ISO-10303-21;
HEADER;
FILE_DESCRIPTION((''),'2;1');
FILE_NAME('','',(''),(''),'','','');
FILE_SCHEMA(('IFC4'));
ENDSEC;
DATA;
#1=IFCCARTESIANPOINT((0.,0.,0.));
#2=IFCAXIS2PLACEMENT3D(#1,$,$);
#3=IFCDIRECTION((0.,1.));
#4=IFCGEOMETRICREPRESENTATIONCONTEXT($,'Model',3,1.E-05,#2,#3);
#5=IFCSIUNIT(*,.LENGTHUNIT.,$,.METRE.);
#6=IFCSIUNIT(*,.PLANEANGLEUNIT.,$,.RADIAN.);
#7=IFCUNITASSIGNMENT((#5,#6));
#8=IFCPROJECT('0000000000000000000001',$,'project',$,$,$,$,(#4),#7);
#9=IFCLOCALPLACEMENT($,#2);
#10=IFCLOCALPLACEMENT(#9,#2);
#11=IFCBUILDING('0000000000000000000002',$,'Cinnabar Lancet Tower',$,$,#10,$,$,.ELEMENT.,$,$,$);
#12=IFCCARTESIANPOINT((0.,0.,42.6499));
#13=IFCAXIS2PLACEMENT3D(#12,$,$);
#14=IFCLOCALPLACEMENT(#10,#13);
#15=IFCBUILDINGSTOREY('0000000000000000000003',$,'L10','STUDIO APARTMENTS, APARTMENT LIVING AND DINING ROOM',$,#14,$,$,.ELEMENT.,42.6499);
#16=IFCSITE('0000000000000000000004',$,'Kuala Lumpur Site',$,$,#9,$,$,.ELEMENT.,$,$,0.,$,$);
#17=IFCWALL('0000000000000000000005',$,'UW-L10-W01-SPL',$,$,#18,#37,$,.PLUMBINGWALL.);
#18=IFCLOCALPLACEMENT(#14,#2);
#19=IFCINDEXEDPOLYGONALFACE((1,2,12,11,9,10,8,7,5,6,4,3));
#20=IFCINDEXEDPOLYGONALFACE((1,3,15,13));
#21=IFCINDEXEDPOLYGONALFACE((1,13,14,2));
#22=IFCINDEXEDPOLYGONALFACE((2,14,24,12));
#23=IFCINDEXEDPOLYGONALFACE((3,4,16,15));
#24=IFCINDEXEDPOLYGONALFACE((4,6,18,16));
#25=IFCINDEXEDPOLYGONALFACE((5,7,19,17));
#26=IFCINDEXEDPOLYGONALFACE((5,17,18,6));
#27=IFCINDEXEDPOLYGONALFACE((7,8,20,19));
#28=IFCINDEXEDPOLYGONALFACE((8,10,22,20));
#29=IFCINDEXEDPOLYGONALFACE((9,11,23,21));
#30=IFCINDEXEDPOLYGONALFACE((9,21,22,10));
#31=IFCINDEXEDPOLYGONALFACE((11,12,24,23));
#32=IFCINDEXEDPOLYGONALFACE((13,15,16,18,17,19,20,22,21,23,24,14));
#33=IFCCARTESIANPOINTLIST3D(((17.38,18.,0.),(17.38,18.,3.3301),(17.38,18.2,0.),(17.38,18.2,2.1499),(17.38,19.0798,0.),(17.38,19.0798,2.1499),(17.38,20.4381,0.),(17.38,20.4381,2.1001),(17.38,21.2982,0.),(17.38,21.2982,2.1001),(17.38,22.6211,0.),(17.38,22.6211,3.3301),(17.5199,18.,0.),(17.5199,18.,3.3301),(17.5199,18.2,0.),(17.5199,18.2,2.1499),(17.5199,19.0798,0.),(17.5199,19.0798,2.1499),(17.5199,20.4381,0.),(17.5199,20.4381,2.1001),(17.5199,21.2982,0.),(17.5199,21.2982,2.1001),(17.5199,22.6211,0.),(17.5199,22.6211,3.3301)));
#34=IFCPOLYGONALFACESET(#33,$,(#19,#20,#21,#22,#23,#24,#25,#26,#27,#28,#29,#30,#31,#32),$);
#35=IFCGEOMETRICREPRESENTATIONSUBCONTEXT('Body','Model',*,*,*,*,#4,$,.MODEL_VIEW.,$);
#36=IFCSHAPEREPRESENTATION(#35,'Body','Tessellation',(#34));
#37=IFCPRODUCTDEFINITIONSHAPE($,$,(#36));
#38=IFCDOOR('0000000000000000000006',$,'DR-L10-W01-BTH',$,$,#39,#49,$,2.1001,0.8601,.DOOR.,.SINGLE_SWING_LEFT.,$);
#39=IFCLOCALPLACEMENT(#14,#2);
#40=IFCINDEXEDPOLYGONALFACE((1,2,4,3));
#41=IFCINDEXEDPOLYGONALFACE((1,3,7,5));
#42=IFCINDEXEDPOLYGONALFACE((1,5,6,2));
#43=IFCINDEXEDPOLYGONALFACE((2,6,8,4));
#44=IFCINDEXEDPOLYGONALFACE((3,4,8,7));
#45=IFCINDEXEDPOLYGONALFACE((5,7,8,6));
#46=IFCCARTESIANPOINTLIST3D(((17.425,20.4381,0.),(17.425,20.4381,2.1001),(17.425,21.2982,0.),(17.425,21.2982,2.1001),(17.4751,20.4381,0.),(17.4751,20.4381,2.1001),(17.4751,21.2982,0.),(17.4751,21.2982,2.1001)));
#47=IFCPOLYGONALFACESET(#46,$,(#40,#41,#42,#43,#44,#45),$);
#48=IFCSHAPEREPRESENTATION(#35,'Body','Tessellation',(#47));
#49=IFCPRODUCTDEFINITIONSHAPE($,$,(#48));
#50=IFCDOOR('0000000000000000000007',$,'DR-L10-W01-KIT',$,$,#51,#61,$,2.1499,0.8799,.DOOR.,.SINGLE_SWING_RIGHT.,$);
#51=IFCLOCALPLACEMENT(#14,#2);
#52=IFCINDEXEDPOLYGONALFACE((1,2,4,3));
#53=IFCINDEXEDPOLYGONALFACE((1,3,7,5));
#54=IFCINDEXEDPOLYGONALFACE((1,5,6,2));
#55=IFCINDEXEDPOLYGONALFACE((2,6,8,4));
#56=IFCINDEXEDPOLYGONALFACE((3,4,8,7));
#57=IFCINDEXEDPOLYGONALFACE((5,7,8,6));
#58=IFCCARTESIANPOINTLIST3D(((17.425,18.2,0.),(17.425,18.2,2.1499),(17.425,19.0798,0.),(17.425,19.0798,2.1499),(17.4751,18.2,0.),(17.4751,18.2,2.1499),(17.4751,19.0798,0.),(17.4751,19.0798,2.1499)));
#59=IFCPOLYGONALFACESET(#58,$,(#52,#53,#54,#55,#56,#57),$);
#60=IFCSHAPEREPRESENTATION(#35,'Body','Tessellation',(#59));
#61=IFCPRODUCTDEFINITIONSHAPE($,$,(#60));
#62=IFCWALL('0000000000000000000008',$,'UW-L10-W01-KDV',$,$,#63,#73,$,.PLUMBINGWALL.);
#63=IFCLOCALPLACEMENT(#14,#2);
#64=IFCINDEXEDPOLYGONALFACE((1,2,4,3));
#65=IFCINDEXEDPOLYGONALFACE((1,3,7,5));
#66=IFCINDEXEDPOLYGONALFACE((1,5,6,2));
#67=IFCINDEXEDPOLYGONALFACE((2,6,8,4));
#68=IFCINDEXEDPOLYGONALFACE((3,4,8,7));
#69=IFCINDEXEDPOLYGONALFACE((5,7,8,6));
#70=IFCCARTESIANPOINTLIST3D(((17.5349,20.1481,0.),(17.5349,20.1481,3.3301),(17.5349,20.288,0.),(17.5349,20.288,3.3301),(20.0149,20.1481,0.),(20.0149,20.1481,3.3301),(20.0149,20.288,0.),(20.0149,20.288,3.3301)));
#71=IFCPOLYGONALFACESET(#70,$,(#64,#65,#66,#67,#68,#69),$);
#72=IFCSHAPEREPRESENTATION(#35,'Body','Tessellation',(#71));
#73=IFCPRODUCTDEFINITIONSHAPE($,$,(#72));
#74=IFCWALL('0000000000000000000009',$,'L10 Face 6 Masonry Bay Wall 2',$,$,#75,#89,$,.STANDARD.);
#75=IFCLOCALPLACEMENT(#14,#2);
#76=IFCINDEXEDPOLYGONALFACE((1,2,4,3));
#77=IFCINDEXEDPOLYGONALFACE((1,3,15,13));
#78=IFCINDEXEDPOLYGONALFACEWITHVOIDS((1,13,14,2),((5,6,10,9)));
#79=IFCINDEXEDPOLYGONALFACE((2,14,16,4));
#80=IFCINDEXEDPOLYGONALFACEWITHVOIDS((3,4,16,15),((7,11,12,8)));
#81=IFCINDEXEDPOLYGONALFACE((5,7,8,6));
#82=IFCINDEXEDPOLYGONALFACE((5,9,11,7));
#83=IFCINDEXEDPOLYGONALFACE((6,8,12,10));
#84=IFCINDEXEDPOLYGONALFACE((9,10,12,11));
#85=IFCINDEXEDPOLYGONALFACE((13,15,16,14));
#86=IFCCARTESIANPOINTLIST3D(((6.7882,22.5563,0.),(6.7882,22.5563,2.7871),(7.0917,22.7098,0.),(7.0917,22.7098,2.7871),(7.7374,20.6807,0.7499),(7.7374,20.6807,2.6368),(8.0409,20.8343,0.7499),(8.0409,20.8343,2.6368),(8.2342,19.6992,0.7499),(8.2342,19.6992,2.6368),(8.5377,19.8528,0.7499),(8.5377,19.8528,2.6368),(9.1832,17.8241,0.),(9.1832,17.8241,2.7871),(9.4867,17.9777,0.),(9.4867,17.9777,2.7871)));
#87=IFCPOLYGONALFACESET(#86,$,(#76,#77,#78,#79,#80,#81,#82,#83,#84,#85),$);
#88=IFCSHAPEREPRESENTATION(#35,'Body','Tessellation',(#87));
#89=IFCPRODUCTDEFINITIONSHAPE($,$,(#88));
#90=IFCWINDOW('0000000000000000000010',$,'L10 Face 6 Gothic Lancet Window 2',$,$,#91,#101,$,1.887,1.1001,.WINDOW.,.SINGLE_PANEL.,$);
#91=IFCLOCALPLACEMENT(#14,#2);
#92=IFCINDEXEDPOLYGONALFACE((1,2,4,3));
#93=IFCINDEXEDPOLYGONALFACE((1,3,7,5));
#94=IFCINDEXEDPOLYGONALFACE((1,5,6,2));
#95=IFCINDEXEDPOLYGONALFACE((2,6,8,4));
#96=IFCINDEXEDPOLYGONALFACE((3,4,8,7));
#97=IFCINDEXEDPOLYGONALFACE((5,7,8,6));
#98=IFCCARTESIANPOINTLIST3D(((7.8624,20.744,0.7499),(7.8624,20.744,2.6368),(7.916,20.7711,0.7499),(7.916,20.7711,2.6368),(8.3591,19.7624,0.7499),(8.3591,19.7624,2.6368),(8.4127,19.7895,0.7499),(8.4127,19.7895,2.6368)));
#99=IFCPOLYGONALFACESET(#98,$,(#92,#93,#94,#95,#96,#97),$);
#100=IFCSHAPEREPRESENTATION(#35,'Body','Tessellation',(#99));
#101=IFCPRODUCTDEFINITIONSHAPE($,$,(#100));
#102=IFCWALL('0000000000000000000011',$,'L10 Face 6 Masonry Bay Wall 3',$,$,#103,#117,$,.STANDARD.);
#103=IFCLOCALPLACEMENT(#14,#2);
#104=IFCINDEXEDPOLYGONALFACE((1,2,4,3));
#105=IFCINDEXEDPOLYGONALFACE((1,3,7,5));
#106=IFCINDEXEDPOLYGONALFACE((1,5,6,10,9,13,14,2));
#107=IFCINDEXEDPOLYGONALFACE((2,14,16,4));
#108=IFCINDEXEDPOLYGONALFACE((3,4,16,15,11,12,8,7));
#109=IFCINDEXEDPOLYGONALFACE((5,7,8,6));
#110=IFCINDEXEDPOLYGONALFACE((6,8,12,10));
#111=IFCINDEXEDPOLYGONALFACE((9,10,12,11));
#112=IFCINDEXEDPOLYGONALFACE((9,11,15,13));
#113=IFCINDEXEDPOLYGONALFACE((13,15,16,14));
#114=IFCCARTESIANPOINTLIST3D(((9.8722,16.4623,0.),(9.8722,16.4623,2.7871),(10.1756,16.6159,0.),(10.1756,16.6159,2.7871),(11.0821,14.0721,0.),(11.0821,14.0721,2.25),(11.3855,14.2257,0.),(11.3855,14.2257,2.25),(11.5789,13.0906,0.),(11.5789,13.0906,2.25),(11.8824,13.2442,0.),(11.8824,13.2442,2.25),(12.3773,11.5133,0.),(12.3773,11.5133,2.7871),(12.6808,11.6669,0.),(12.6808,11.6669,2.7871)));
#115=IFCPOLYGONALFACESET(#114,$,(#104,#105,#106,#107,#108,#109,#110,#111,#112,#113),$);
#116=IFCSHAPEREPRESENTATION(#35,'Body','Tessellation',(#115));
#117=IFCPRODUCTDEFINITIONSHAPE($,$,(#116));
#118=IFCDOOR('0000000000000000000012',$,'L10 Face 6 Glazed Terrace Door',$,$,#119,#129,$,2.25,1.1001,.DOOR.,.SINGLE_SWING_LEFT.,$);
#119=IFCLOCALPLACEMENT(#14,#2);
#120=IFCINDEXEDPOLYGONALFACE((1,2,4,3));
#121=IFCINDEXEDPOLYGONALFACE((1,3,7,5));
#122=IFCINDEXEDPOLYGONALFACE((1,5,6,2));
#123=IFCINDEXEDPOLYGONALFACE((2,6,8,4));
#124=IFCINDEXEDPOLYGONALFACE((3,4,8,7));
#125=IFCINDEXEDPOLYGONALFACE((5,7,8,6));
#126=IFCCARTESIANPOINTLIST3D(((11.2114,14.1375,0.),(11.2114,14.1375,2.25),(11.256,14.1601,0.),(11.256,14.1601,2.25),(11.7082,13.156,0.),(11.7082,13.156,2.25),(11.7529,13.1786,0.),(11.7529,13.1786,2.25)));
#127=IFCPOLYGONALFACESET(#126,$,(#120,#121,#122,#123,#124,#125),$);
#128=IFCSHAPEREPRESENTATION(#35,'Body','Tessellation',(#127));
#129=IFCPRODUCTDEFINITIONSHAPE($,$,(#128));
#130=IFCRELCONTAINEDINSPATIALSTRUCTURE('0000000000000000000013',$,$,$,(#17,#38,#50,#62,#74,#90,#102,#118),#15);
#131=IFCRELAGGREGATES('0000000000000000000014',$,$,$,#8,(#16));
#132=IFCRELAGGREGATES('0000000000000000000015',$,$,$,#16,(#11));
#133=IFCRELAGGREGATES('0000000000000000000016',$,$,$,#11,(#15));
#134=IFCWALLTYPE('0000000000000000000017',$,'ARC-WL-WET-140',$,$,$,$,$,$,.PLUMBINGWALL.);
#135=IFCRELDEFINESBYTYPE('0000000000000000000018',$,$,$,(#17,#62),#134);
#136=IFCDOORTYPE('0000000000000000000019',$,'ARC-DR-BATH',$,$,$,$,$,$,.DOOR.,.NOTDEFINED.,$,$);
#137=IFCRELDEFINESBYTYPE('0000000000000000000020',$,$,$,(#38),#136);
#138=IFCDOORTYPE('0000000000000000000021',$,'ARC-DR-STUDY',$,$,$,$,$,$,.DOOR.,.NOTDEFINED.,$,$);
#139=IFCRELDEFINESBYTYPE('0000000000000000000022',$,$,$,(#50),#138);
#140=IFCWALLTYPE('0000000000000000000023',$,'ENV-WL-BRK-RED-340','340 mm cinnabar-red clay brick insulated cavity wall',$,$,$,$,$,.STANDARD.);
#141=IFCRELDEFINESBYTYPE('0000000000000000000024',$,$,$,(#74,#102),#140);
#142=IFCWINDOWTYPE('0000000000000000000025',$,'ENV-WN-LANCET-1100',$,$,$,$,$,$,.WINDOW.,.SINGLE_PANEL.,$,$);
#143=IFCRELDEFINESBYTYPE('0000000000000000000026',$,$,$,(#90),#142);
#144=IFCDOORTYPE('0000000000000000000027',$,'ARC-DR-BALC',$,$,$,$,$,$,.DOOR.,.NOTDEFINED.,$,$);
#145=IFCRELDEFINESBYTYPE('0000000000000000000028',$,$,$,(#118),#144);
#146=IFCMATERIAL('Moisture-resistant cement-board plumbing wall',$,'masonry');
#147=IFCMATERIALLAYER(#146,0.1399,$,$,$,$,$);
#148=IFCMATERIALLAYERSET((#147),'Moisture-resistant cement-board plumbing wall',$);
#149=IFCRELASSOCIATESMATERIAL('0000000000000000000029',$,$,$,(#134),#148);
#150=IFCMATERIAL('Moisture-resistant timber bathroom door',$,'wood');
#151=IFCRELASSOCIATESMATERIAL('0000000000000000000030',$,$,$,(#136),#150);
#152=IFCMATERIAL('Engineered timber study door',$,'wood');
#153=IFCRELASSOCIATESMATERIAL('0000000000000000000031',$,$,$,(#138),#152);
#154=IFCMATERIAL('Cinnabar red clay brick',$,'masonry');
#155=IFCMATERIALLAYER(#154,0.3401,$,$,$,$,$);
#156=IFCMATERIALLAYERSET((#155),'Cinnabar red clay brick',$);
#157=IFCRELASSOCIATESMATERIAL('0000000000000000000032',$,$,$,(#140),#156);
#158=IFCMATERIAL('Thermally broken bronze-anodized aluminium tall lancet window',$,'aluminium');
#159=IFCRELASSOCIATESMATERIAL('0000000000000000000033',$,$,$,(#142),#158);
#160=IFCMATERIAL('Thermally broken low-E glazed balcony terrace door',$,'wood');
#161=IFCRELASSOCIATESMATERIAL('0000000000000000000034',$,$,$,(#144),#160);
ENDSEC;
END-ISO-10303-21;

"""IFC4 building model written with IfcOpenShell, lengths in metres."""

from ifc_helpers import new_model, si_unit, direction, frame, frame_2d, origin, place, context, subcontext, project, spatial, rectangle, extrude, material, layer, layer_set, type_object, element, fill, save


model = new_model("IFC4")

# Units and contexts
model_context = context("Model", 3, precision=1e-05, world=origin(), true_north=direction((0.0, 1.0)))
body_context = subcontext(model_context, "Body", "Model", "MODEL_VIEW")
ifc_project = project(units=[si_unit("LENGTHUNIT", "METRE"), si_unit("PLANEANGLEUNIT", "RADIAN")], contexts=[model_context])

# Site, building, storey
site_placement = place(None, origin())
site = spatial("IfcSite", under=ifc_project, at=site_placement, Name="Kuala Lumpur Site", CompositionType="ELEMENT", RefElevation=0.0)
building_placement = place(site_placement, origin())
building = spatial("IfcBuilding", under=site, at=building_placement, Name="Cinnabar Lancet Tower", CompositionType="ELEMENT")
storey_placement = place(building_placement, frame((0.0, 0.0, 42.6499)))
storey = spatial("IfcBuildingStorey", under=building, at=storey_placement, Name="L10", Description="STUDIO APARTMENTS, APARTMENT LIVING AND DINING ROOM", CompositionType="ELEMENT", Elevation=42.6499)

# Wall, openings, doors
ifc_material_1 = material(Name="Moisture-resistant cement-board plumbing wall", Category="masonry")
ifc_layer_1 = layer(ifc_material_1, 0.1399)
ifc_layer_set_1 = layer_set([ifc_layer_1], Name="Moisture-resistant cement-board plumbing wall")
wall_type_1 = type_object("IfcWallType", Name="ARC-WL-WET-140", PredefinedType="PLUMBINGWALL", material=ifc_layer_set_1)
wall_1_placement = place(storey_placement, frame((17.45, 18.0, 0.0), z_axis=(0.0, 0.0, 1.0), x_axis=(0.0, 1.0, 0.0)))
wall_1 = element("IfcWall", 1, at=wall_1_placement, inside=storey, type_object=wall_type_1, Name="UW-L10-W01-SPL", PredefinedType="PLUMBINGWALL", context=body_context, shape_type="SweptSolid", body=[
    extrude(rectangle(XDim=4.6211, YDim=0.1399, at=frame_2d((2.3105, 0.0))), origin(), (0.0, 0.0, 1.0), 3.3301),
])
opening_1_placement = place(wall_1_placement, frame((2.438, 0.0, 0.0)))
opening_1 = element("IfcOpeningElement", 2, at=opening_1_placement, cuts=wall_1, PredefinedType="OPENING", context=body_context, shape_type="SweptSolid", body=[
    extrude(rectangle(XDim=0.8601, YDim=2.1001, at=frame_2d((0.4302, 1.05))), frame((0.0, 0.0798, 0.0), z_axis=(0.0, -1.0, 0.0), x_axis=(1.0, 0.0, 0.0)), (0.0, 0.0, 1.0), 0.1599),
])
opening_2_placement = place(wall_1_placement, frame((0.2, 0.0, 0.0)))
opening_2 = element("IfcOpeningElement", 3, at=opening_2_placement, cuts=wall_1, PredefinedType="OPENING", context=body_context, shape_type="SweptSolid", body=[
    extrude(rectangle(XDim=0.8799, YDim=2.1499, at=frame_2d((0.4399, 1.075))), frame((0.0, 0.0798, 0.0), z_axis=(0.0, -1.0, 0.0), x_axis=(1.0, 0.0, 0.0)), (0.0, 0.0, 1.0), 0.1599),
])
ifc_material_2 = material(Name="Moisture-resistant timber bathroom door", Category="wood")
door_type_1 = type_object("IfcDoorType", Name="ARC-DR-BATH", OperationType="NOTDEFINED", PredefinedType="DOOR", material=ifc_material_2)
door_1_placement = place(opening_1_placement, origin())
door_1 = element("IfcDoor", 4, at=door_1_placement, inside=storey, type_object=door_type_1, Name="DR-L10-W01-BTH", OperationType="SINGLE_SWING_LEFT", OverallHeight=2.1001, OverallWidth=0.8601, PredefinedType="DOOR", context=body_context, shape_type="SweptSolid", body=[
    extrude(rectangle(XDim=0.8601, YDim=2.1001, at=frame_2d((0.4302, 1.05))), frame((0.0, 0.0249, 0.0), z_axis=(0.0, -1.0, 0.0), x_axis=(1.0, 0.0, 0.0)), (0.0, 0.0, 1.0), 0.05),
])
fill(opening_1, door_1)
ifc_material_3 = material(Name="Engineered timber study door", Category="wood")
door_type_2 = type_object("IfcDoorType", Name="ARC-DR-STUDY", OperationType="NOTDEFINED", PredefinedType="DOOR", material=ifc_material_3)
door_2_placement = place(opening_2_placement, origin())
door_2 = element("IfcDoor", 5, at=door_2_placement, inside=storey, type_object=door_type_2, Name="DR-L10-W01-KIT", OperationType="SINGLE_SWING_RIGHT", OverallHeight=2.1499, OverallWidth=0.8799, PredefinedType="DOOR", context=body_context, shape_type="SweptSolid", body=[
    extrude(rectangle(XDim=0.8799, YDim=2.1499, at=frame_2d((0.4399, 1.075))), frame((0.0, 0.0249, 0.0), z_axis=(0.0, -1.0, 0.0), x_axis=(1.0, 0.0, 0.0)), (0.0, 0.0, 1.0), 0.05),
])
fill(opening_2, door_2)

# Wall
wall_2_placement = place(storey_placement, frame((17.5349, 20.218, 0.0), z_axis=(0.0, 0.0, 1.0), x_axis=(1.0, 0.0, 0.0)))
element("IfcWall", 6, at=wall_2_placement, inside=storey, type_object=wall_type_1, Name="UW-L10-W01-KDV", PredefinedType="PLUMBINGWALL", context=body_context, shape_type="SweptSolid", body=[
    extrude(rectangle(XDim=2.48, YDim=0.1399, at=frame_2d((1.24, 0.0))), origin(), (0.0, 0.0, 1.0), 3.3301),
])

# Wall, opening, window
ifc_material_4 = material(Name="Cinnabar red clay brick", Category="masonry")
ifc_layer_2 = layer(ifc_material_4, 0.3401)
ifc_layer_set_2 = layer_set([ifc_layer_2], Name="Cinnabar red clay brick")
wall_type_2 = type_object("IfcWallType", Name="ENV-WL-BRK-RED-340", Description="340 mm cinnabar-red clay brick insulated cavity wall", PredefinedType="STANDARD", material=ifc_layer_set_2)
wall_3_placement = place(storey_placement, frame((6.9399, 22.6331, 0.0), z_axis=(0.0, 0.0, 1.0), x_axis=(0.451572, -0.892235, 0.0)))
wall_3 = element("IfcWall", 7, at=wall_3_placement, inside=storey, type_object=wall_type_2, Name="L10 Face 6 Masonry Bay Wall 2", PredefinedType="STANDARD", context=body_context, shape_type="SweptSolid", body=[
    extrude(rectangle(XDim=5.3037, YDim=0.3401, at=frame_2d((2.6519, 0.0))), origin(), (0.0, 0.0, 1.0), 2.7871),
])
opening_3_placement = place(wall_3_placement, frame((2.1021, 0.0, 0.75)))
opening_3 = element("IfcOpeningElement", 8, at=opening_3_placement, cuts=wall_3, PredefinedType="OPENING", context=body_context, shape_type="SweptSolid", body=[
    extrude(rectangle(XDim=1.1001, YDim=1.887, at=frame_2d((0.55, 0.9434))), frame((0.0, 0.1799, 0.0), z_axis=(0.0, -1.0, 0.0), x_axis=(1.0, 0.0, 0.0)), (0.0, 0.0, 1.0), 0.3601),
])
ifc_material_5 = material(Name="Thermally broken bronze-anodized aluminium tall lancet window", Category="aluminium")
window_type = type_object("IfcWindowType", Name="ENV-WN-LANCET-1100", PartitioningType="SINGLE_PANEL", PredefinedType="WINDOW", material=ifc_material_5)
window_placement = place(opening_3_placement, origin())
window = element("IfcWindow", 9, at=window_placement, inside=storey, type_object=window_type, Name="L10 Face 6 Gothic Lancet Window 2", OverallHeight=1.887, OverallWidth=1.1001, PartitioningType="SINGLE_PANEL", PredefinedType="WINDOW", context=body_context, shape_type="SweptSolid", body=[
    extrude(rectangle(XDim=1.1001, YDim=1.887, at=frame_2d((0.55, 0.9434))), frame((0.0, 0.03, 0.0), z_axis=(0.0, -1.0, 0.0), x_axis=(1.0, 0.0, 0.0)), (0.0, 0.0, 1.0), 0.0601),
])
fill(opening_3, window)

# Wall, opening, door
wall_4_placement = place(storey_placement, frame((10.0239, 16.5391, 0.0), z_axis=(0.0, 0.0, 1.0), x_axis=(0.451627, -0.892207, 0.0)))
wall_4 = element("IfcWall", 10, at=wall_4_placement, inside=storey, type_object=wall_type_2, Name="L10 Face 6 Masonry Bay Wall 3", PredefinedType="STANDARD", context=body_context, shape_type="SweptSolid", body=[
    extrude(rectangle(XDim=5.5469, YDim=0.3401, at=frame_2d((2.7734, 0.0))), origin(), (0.0, 0.0, 1.0), 2.7871),
])
opening_4_placement = place(wall_4_placement, frame((2.679, 0.0, 0.0)))
opening_4 = element("IfcOpeningElement", 11, at=opening_4_placement, cuts=wall_4, PredefinedType="OPENING", context=body_context, shape_type="SweptSolid", body=[
    extrude(rectangle(XDim=1.1001, YDim=2.25, at=frame_2d((0.55, 1.125))), frame((0.0, 0.1799, 0.0), z_axis=(0.0, -1.0, 0.0), x_axis=(1.0, 0.0, 0.0)), (0.0, 0.0, 1.0), 0.3601),
])
ifc_material_6 = material(Name="Thermally broken low-E glazed balcony terrace door", Category="wood")
door_type_3 = type_object("IfcDoorType", Name="ARC-DR-BALC", OperationType="NOTDEFINED", PredefinedType="DOOR", material=ifc_material_6)
door_3_placement = place(opening_4_placement, origin())
door_3 = element("IfcDoor", 12, at=door_3_placement, inside=storey, type_object=door_type_3, Name="L10 Face 6 Glazed Terrace Door", OperationType="SINGLE_SWING_LEFT", OverallHeight=2.25, OverallWidth=1.1001, PredefinedType="DOOR", context=body_context, shape_type="SweptSolid", body=[
    extrude(rectangle(XDim=1.1001, YDim=2.25, at=frame_2d((0.55, 1.125))), frame((0.0, 0.0249, 0.0), z_axis=(0.0, -1.0, 0.0), x_axis=(1.0, 0.0, 0.0)), (0.0, 0.0, 1.0), 0.05),
])
fill(opening_4, door_3)

save(model, "model.ifc")
